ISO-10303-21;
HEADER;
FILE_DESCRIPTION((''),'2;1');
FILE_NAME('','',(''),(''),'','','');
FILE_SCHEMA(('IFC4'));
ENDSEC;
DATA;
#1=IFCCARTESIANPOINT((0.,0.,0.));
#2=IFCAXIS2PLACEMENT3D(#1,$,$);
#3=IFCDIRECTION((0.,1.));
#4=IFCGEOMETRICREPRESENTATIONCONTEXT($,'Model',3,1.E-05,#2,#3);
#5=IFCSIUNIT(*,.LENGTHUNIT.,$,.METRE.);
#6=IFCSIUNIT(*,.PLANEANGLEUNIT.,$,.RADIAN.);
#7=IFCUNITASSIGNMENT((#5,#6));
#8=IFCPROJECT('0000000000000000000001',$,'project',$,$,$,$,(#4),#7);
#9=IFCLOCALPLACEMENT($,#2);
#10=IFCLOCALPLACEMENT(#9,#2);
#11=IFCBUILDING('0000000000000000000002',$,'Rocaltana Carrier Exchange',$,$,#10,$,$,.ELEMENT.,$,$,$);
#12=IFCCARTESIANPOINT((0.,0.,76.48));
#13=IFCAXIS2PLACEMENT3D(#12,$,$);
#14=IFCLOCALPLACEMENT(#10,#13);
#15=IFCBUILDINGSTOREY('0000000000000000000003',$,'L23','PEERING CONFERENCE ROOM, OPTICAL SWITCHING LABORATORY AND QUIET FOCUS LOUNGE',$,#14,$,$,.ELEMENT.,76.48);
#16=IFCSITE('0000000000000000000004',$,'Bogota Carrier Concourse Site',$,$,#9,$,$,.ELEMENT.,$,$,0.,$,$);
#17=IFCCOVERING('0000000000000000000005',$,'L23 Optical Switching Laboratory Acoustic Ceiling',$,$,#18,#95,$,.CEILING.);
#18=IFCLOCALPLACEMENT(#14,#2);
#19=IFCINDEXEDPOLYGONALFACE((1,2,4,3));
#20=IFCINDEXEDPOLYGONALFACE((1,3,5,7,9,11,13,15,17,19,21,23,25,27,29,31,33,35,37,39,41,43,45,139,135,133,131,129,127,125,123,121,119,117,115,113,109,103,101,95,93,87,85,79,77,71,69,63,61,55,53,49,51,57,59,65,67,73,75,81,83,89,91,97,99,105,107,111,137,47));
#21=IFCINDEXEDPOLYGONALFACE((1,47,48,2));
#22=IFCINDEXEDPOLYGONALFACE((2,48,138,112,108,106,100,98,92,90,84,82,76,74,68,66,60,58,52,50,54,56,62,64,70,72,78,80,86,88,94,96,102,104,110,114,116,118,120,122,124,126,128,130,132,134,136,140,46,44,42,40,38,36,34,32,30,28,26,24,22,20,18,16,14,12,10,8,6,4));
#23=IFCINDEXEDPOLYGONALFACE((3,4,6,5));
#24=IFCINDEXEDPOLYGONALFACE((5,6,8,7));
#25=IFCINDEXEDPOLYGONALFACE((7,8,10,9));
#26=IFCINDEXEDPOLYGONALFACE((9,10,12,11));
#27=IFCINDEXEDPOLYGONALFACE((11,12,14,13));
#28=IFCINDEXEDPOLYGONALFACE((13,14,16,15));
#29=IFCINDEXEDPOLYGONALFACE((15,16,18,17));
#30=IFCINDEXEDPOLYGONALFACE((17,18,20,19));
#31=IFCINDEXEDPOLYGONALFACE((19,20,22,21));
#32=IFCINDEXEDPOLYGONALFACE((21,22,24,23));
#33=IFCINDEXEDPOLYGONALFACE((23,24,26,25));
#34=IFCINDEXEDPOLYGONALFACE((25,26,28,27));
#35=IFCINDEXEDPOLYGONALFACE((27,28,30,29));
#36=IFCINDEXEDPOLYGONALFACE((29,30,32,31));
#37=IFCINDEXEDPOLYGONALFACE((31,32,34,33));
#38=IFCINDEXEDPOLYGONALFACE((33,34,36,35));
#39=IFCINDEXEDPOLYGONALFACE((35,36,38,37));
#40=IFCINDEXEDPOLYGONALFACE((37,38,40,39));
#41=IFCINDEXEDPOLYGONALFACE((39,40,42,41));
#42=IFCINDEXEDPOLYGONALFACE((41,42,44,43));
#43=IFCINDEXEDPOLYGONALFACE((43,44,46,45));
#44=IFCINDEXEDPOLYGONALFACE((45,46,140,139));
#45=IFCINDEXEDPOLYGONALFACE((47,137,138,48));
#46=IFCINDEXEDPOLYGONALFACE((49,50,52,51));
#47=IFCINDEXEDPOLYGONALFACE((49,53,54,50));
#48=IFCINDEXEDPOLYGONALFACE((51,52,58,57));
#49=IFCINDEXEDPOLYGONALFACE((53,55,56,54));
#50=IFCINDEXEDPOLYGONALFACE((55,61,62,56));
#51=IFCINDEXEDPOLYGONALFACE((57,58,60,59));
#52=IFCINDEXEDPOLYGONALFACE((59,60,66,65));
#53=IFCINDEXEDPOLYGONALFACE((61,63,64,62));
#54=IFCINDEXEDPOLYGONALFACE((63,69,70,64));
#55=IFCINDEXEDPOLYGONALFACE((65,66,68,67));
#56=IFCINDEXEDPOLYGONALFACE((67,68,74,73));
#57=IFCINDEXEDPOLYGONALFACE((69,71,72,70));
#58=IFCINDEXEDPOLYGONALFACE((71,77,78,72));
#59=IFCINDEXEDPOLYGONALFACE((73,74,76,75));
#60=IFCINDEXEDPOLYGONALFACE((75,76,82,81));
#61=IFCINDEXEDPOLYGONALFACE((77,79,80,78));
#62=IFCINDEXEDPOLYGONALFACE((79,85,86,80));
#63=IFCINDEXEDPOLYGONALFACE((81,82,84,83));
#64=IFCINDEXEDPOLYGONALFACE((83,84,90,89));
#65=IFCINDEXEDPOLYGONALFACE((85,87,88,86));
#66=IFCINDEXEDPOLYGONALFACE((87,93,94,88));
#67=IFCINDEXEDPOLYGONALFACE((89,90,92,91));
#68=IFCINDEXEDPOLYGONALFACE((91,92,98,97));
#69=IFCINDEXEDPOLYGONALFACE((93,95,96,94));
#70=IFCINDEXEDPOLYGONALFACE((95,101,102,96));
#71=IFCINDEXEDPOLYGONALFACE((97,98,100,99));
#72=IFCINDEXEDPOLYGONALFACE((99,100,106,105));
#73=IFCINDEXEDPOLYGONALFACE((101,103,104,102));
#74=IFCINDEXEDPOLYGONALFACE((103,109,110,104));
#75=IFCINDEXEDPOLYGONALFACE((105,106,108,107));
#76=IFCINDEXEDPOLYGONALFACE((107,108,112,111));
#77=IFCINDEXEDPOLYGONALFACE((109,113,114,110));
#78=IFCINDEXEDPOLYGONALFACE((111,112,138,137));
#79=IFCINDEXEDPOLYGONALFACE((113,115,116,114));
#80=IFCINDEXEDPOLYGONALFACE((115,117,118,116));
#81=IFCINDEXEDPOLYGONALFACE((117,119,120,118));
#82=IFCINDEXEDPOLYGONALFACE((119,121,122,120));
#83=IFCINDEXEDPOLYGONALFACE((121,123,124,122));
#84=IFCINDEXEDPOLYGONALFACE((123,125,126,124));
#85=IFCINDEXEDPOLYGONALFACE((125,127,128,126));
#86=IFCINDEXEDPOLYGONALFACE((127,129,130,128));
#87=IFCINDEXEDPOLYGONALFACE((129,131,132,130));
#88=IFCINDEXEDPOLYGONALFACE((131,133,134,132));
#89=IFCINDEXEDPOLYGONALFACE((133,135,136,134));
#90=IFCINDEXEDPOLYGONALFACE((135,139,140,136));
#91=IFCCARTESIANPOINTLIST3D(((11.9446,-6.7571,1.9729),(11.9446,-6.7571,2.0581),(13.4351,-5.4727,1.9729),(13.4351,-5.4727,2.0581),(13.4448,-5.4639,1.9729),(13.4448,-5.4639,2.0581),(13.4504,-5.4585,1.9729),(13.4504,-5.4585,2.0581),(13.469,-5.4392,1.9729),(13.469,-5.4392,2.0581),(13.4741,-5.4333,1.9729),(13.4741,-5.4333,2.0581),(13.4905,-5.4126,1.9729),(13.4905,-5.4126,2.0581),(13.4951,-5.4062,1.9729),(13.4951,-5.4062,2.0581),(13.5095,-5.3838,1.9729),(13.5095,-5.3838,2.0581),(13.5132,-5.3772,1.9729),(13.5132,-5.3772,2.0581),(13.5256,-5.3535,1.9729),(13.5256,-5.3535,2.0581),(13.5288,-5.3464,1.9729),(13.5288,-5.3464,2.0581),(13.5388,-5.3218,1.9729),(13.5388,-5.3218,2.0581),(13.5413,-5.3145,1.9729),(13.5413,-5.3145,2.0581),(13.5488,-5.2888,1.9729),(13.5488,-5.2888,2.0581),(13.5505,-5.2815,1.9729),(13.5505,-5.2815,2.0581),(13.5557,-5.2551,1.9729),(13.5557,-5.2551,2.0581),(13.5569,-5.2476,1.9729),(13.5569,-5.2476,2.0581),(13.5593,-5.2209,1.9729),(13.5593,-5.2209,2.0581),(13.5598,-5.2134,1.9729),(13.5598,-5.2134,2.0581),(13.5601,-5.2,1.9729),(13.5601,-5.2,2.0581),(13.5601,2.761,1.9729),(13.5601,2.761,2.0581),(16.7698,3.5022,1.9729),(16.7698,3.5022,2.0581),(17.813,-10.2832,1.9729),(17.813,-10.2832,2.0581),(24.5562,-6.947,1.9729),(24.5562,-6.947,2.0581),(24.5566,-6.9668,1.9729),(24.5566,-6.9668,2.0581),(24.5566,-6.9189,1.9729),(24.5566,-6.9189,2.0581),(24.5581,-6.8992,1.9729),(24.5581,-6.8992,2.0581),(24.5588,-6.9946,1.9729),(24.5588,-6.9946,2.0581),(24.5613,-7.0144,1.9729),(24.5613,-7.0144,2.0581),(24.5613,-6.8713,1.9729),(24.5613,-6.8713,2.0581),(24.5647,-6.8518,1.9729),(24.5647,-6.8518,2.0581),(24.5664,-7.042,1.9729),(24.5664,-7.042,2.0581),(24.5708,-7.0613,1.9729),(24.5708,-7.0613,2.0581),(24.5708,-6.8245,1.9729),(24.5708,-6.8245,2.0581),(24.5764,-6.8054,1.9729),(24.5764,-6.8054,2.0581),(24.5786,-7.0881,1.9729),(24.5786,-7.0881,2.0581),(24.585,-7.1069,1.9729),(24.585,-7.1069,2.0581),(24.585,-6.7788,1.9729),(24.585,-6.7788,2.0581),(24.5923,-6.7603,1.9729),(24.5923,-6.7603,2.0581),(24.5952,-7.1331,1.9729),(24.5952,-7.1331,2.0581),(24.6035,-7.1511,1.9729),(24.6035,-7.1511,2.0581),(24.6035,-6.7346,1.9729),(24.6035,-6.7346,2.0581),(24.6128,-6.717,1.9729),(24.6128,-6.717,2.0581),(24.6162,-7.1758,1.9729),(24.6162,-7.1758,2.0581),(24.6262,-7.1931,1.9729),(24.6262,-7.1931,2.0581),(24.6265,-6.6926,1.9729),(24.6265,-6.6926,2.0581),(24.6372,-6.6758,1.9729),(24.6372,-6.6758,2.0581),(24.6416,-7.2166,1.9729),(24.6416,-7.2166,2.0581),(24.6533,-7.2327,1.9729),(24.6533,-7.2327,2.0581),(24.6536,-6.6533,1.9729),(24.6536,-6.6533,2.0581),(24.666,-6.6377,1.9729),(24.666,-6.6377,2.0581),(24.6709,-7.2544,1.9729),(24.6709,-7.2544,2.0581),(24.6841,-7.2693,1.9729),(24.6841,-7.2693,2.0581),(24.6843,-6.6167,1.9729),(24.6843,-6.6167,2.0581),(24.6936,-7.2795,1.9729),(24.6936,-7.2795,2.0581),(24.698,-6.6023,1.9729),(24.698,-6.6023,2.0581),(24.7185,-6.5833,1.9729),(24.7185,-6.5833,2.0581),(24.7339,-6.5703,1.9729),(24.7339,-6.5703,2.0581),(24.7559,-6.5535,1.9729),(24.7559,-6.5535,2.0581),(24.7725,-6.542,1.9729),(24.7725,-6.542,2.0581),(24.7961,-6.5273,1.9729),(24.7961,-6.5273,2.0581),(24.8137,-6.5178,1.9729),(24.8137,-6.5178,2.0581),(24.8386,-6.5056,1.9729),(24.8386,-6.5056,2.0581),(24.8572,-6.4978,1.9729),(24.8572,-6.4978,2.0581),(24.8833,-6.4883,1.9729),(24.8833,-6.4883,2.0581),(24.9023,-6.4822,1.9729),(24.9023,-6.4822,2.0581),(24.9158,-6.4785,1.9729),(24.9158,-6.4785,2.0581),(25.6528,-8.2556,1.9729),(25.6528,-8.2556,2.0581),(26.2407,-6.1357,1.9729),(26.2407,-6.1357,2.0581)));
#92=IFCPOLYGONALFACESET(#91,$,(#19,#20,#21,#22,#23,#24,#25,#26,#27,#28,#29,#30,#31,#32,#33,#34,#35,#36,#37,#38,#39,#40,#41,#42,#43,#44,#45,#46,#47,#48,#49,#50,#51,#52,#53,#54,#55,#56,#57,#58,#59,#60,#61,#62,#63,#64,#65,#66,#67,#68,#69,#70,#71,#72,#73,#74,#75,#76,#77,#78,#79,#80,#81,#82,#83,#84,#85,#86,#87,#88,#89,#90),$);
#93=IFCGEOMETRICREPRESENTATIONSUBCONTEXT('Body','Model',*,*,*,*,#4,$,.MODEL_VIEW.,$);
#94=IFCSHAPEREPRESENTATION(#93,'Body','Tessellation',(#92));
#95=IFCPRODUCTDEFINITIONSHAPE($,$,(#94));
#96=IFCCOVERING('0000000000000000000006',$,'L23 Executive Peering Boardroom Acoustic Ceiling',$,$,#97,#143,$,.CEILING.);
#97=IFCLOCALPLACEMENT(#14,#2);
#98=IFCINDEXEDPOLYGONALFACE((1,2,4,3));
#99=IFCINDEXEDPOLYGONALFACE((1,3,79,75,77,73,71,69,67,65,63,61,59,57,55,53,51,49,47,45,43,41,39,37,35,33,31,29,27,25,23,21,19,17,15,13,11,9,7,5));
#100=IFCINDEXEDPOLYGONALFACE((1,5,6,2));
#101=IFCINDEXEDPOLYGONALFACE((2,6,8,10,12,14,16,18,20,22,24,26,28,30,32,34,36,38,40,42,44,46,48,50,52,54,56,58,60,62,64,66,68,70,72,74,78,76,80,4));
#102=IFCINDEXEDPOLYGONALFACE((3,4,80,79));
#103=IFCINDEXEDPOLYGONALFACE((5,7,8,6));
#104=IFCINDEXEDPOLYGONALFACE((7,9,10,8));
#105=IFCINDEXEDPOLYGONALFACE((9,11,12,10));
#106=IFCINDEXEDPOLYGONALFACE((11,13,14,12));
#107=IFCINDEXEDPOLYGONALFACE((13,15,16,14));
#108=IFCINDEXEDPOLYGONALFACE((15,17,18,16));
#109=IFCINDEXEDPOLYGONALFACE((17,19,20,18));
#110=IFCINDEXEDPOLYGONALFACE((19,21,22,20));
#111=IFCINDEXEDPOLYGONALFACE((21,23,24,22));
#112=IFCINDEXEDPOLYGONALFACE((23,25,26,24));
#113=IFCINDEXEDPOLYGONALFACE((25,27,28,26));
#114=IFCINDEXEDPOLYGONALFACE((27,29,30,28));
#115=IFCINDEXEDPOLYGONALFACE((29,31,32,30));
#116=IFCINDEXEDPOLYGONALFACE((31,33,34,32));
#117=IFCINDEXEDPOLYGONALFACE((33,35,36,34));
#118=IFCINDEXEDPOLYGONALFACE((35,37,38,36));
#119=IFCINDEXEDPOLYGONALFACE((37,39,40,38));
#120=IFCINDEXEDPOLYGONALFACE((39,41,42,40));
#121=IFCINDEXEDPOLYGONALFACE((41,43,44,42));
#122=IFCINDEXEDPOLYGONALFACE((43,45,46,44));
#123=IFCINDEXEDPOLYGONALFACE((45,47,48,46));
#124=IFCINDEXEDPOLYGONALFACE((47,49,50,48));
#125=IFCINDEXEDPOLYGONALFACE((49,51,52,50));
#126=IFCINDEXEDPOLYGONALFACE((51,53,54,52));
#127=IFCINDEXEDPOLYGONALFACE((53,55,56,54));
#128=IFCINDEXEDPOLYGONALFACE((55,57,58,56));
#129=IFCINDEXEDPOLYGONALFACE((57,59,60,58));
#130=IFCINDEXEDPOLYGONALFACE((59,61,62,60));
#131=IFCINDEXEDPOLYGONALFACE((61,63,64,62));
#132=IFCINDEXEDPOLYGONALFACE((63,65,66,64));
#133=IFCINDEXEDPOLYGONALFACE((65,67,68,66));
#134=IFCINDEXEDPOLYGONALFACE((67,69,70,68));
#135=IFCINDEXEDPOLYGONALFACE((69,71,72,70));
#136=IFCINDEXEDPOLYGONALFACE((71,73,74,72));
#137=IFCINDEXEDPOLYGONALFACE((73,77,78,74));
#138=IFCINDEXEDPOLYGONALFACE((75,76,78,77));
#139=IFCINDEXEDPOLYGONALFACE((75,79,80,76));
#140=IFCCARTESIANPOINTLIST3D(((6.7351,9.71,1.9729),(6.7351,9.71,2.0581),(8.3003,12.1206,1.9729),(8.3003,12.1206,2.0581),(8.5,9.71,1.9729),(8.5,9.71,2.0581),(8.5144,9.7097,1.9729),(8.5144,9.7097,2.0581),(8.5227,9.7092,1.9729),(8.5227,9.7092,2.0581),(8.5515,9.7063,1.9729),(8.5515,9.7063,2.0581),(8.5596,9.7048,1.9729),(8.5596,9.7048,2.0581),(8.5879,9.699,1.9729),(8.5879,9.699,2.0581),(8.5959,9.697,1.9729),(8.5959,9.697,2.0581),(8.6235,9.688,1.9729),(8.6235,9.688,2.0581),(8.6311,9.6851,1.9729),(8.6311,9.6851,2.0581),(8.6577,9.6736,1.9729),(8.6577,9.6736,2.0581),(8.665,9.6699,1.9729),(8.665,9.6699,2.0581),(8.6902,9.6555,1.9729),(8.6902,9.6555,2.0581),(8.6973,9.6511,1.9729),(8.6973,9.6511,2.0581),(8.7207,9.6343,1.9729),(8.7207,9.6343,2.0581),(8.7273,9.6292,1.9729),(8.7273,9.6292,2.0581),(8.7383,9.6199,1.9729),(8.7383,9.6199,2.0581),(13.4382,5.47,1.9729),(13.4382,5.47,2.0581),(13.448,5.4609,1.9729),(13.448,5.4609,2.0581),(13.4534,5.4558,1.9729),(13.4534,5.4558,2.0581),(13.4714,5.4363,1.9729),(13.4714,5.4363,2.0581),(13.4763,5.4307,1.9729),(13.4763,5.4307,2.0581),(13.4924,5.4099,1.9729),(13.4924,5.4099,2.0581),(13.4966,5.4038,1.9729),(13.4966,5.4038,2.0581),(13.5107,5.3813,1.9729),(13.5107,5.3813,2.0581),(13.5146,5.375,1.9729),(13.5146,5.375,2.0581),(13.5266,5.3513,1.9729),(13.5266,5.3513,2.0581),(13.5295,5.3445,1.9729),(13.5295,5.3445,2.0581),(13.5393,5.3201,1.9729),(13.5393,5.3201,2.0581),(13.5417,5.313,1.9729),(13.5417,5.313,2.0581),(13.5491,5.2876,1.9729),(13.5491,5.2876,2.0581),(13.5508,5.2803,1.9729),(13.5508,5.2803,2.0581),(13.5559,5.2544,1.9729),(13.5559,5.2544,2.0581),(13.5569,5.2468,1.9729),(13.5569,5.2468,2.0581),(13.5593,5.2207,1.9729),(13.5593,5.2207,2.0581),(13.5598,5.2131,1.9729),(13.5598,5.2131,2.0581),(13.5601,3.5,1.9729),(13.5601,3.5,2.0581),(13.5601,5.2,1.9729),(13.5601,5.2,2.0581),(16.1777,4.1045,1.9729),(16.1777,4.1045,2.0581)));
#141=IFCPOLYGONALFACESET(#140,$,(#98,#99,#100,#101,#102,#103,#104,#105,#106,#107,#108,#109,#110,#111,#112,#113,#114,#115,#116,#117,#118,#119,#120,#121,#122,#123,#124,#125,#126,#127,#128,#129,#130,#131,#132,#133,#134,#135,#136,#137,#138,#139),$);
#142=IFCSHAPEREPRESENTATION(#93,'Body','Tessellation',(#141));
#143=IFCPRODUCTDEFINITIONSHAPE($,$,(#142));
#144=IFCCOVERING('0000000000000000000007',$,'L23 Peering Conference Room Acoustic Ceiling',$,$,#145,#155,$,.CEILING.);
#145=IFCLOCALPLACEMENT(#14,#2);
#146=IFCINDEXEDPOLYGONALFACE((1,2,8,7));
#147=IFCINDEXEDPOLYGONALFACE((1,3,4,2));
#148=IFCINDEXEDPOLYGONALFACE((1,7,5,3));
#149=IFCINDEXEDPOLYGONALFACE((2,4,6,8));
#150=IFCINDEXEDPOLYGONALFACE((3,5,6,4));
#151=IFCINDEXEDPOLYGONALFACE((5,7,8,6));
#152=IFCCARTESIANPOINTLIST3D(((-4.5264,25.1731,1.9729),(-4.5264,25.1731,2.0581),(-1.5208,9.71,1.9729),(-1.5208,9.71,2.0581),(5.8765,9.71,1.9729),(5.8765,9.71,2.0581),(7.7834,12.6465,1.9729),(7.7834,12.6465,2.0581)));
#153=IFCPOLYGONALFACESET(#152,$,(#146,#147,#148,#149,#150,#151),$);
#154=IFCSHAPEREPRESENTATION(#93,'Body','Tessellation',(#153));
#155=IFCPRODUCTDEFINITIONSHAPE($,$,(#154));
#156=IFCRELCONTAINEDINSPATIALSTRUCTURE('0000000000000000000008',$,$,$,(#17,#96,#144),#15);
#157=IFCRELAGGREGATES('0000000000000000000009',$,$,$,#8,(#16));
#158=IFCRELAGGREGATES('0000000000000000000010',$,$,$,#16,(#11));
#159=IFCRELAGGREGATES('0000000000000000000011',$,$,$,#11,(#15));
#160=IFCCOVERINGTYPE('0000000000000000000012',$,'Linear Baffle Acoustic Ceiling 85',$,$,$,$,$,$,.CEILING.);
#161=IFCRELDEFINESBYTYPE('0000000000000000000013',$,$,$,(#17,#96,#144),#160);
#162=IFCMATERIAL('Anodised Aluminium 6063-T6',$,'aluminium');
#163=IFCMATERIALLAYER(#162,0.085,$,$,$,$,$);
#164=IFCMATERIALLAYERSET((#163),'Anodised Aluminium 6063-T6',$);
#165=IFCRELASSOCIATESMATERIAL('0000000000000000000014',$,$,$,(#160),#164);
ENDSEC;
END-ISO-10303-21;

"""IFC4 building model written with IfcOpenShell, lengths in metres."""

from ifc_helpers import new_model, si_unit, direction, frame, origin, place, context, subcontext, project, spatial, polyline, outline, extrude, material, layer, layer_set, type_object, element, save


model = new_model("IFC4")

# Units and contexts
model_context = context("Model", 3, precision=1e-05, world=origin(), true_north=direction((0.0, 1.0)))
body_context = subcontext(model_context, "Body", "Model", "MODEL_VIEW")
ifc_project = project(units=[si_unit("LENGTHUNIT", "METRE"), si_unit("PLANEANGLEUNIT", "RADIAN")], contexts=[model_context])

# Site, building, storey
site_placement = place(None, origin())
site = spatial("IfcSite", under=ifc_project, at=site_placement, Name="Bogota Carrier Concourse Site", CompositionType="ELEMENT", RefElevation=0.0)
building_placement = place(site_placement, origin())
building = spatial("IfcBuilding", under=site, at=building_placement, Name="Rocaltana Carrier Exchange", CompositionType="ELEMENT")
storey_placement = place(building_placement, frame((0.0, 0.0, 76.48)))
storey = spatial("IfcBuildingStorey", under=building, at=storey_placement, Name="L23", Description="PEERING CONFERENCE ROOM, OPTICAL SWITCHING LABORATORY AND QUIET FOCUS LOUNGE", CompositionType="ELEMENT", Elevation=76.48)

# Coverings
ifc_material_1 = material(Name="Anodised Aluminium 6063-T6", Category="aluminium")
ifc_layer_1 = layer(ifc_material_1, 0.085)
ifc_layer_set_1 = layer_set([ifc_layer_1], Name="Anodised Aluminium 6063-T6")
covering_type_1 = type_object("IfcCoveringType", Name="Linear Baffle Acoustic Ceiling 85", PredefinedType="CEILING", material=ifc_layer_set_1)
covering_1_placement = place(storey_placement, frame((0.0, 0.0, 1.9729)))
element("IfcCovering", 1, at=covering_1_placement, inside=storey, type_object=covering_type_1, Name="L23 Optical Switching Laboratory Acoustic Ceiling", PredefinedType="CEILING", context=body_context, shape_type="SweptSolid", body=[
    extrude(outline(polyline([(26.2407, -6.1357), (24.9158, -6.4785), (24.9023, -6.4822), (24.8833, -6.4883), (24.8572, -6.4978), (24.8386, -6.5056), (24.8137, -6.5178), (24.7961, -6.5273), (24.7725, -6.542), (24.7559, -6.5535), (24.7339, -6.5703), (24.7185, -6.5833), (24.698, -6.6023), (24.6843, -6.6167), (24.666, -6.6377), (24.6536, -6.6533), (24.6372, -6.6758), (24.6265, -6.6926), (24.6128, -6.717), (24.6035, -6.7346), (24.5923, -6.7603), (24.585, -6.7788), (24.5764, -6.8054), (24.5708, -6.8245), (24.5647, -6.8518), (24.5613, -6.8713), (24.5581, -6.8992), (24.5566, -6.9189), (24.5562, -6.947), (24.5566, -6.9668), (24.5588, -6.9946), (24.5613, -7.0144), (24.5664, -7.042), (24.5708, -7.0613), (24.5786, -7.0881), (24.585, -7.1069), (24.5952, -7.1331), (24.6035, -7.1511), (24.6162, -7.1758), (24.6262, -7.1931), (24.6416, -7.2166), (24.6533, -7.2327), (24.6709, -7.2544), (24.6841, -7.2693), (24.6936, -7.2795), (25.6528, -8.2556), (17.813, -10.2832), (11.9446, -6.7571), (13.4351, -5.4727), (13.4448, -5.4639), (13.4504, -5.4585), (13.469, -5.4392), (13.4741, -5.4333), (13.4905, -5.4126), (13.4951, -5.4062), (13.5095, -5.3838), (13.5132, -5.3772), (13.5256, -5.3535), (13.5288, -5.3464), (13.5388, -5.3218), (13.5413, -5.3145), (13.5488, -5.2888), (13.5505, -5.2815), (13.5557, -5.2551), (13.5569, -5.2476), (13.5593, -5.2209), (13.5598, -5.2134), (13.5601, -5.2), (13.5601, 2.761), (16.7698, 3.5022), (26.2407, -6.1357)])), origin(), (0.0, 0.0, 1.0), 0.0852),
])
covering_2_placement = place(storey_placement, frame((0.0, 0.0, 1.9729)))
element("IfcCovering", 2, at=covering_2_placement, inside=storey, type_object=covering_type_1, Name="L23 Executive Peering Boardroom Acoustic Ceiling", PredefinedType="CEILING", context=body_context, shape_type="SweptSolid", body=[
    extrude(outline(polyline([(16.1777, 4.1045), (13.5601, 3.5), (13.5601, 5.2), (13.5598, 5.2131), (13.5593, 5.2207), (13.5569, 5.2468), (13.5559, 5.2544), (13.5508, 5.2803), (13.5491, 5.2876), (13.5417, 5.313), (13.5393, 5.3201), (13.5295, 5.3445), (13.5266, 5.3513), (13.5146, 5.375), (13.5107, 5.3813), (13.4966, 5.4038), (13.4924, 5.4099), (13.4763, 5.4307), (13.4714, 5.4363), (13.4534, 5.4558), (13.448, 5.4609), (13.4382, 5.47), (8.7383, 9.6199), (8.7273, 9.6292), (8.7207, 9.6343), (8.6973, 9.6511), (8.6902, 9.6555), (8.665, 9.6699), (8.6577, 9.6736), (8.6311, 9.6851), (8.6235, 9.688), (8.5959, 9.697), (8.5879, 9.699), (8.5596, 9.7048), (8.5515, 9.7063), (8.5227, 9.7092), (8.5144, 9.7097), (8.5, 9.71), (6.7351, 9.71), (8.3003, 12.1206), (16.1777, 4.1045)])), origin(), (0.0, 0.0, 1.0), 0.0852),
])
covering_3_placement = place(storey_placement, frame((0.0, 0.0, 1.9729)))
element("IfcCovering", 3, at=covering_3_placement, inside=storey, type_object=covering_type_1, Name="L23 Peering Conference Room Acoustic Ceiling", PredefinedType="CEILING", context=body_context, shape_type="SweptSolid", body=[
    extrude(outline(polyline([(7.7834, 12.6465), (5.8765, 9.71), (-1.5208, 9.71), (-4.5264, 25.1731), (7.7834, 12.6465)])), origin(), (0.0, 0.0, 1.0), 0.0852),
])

save(model, "model.ifc")
